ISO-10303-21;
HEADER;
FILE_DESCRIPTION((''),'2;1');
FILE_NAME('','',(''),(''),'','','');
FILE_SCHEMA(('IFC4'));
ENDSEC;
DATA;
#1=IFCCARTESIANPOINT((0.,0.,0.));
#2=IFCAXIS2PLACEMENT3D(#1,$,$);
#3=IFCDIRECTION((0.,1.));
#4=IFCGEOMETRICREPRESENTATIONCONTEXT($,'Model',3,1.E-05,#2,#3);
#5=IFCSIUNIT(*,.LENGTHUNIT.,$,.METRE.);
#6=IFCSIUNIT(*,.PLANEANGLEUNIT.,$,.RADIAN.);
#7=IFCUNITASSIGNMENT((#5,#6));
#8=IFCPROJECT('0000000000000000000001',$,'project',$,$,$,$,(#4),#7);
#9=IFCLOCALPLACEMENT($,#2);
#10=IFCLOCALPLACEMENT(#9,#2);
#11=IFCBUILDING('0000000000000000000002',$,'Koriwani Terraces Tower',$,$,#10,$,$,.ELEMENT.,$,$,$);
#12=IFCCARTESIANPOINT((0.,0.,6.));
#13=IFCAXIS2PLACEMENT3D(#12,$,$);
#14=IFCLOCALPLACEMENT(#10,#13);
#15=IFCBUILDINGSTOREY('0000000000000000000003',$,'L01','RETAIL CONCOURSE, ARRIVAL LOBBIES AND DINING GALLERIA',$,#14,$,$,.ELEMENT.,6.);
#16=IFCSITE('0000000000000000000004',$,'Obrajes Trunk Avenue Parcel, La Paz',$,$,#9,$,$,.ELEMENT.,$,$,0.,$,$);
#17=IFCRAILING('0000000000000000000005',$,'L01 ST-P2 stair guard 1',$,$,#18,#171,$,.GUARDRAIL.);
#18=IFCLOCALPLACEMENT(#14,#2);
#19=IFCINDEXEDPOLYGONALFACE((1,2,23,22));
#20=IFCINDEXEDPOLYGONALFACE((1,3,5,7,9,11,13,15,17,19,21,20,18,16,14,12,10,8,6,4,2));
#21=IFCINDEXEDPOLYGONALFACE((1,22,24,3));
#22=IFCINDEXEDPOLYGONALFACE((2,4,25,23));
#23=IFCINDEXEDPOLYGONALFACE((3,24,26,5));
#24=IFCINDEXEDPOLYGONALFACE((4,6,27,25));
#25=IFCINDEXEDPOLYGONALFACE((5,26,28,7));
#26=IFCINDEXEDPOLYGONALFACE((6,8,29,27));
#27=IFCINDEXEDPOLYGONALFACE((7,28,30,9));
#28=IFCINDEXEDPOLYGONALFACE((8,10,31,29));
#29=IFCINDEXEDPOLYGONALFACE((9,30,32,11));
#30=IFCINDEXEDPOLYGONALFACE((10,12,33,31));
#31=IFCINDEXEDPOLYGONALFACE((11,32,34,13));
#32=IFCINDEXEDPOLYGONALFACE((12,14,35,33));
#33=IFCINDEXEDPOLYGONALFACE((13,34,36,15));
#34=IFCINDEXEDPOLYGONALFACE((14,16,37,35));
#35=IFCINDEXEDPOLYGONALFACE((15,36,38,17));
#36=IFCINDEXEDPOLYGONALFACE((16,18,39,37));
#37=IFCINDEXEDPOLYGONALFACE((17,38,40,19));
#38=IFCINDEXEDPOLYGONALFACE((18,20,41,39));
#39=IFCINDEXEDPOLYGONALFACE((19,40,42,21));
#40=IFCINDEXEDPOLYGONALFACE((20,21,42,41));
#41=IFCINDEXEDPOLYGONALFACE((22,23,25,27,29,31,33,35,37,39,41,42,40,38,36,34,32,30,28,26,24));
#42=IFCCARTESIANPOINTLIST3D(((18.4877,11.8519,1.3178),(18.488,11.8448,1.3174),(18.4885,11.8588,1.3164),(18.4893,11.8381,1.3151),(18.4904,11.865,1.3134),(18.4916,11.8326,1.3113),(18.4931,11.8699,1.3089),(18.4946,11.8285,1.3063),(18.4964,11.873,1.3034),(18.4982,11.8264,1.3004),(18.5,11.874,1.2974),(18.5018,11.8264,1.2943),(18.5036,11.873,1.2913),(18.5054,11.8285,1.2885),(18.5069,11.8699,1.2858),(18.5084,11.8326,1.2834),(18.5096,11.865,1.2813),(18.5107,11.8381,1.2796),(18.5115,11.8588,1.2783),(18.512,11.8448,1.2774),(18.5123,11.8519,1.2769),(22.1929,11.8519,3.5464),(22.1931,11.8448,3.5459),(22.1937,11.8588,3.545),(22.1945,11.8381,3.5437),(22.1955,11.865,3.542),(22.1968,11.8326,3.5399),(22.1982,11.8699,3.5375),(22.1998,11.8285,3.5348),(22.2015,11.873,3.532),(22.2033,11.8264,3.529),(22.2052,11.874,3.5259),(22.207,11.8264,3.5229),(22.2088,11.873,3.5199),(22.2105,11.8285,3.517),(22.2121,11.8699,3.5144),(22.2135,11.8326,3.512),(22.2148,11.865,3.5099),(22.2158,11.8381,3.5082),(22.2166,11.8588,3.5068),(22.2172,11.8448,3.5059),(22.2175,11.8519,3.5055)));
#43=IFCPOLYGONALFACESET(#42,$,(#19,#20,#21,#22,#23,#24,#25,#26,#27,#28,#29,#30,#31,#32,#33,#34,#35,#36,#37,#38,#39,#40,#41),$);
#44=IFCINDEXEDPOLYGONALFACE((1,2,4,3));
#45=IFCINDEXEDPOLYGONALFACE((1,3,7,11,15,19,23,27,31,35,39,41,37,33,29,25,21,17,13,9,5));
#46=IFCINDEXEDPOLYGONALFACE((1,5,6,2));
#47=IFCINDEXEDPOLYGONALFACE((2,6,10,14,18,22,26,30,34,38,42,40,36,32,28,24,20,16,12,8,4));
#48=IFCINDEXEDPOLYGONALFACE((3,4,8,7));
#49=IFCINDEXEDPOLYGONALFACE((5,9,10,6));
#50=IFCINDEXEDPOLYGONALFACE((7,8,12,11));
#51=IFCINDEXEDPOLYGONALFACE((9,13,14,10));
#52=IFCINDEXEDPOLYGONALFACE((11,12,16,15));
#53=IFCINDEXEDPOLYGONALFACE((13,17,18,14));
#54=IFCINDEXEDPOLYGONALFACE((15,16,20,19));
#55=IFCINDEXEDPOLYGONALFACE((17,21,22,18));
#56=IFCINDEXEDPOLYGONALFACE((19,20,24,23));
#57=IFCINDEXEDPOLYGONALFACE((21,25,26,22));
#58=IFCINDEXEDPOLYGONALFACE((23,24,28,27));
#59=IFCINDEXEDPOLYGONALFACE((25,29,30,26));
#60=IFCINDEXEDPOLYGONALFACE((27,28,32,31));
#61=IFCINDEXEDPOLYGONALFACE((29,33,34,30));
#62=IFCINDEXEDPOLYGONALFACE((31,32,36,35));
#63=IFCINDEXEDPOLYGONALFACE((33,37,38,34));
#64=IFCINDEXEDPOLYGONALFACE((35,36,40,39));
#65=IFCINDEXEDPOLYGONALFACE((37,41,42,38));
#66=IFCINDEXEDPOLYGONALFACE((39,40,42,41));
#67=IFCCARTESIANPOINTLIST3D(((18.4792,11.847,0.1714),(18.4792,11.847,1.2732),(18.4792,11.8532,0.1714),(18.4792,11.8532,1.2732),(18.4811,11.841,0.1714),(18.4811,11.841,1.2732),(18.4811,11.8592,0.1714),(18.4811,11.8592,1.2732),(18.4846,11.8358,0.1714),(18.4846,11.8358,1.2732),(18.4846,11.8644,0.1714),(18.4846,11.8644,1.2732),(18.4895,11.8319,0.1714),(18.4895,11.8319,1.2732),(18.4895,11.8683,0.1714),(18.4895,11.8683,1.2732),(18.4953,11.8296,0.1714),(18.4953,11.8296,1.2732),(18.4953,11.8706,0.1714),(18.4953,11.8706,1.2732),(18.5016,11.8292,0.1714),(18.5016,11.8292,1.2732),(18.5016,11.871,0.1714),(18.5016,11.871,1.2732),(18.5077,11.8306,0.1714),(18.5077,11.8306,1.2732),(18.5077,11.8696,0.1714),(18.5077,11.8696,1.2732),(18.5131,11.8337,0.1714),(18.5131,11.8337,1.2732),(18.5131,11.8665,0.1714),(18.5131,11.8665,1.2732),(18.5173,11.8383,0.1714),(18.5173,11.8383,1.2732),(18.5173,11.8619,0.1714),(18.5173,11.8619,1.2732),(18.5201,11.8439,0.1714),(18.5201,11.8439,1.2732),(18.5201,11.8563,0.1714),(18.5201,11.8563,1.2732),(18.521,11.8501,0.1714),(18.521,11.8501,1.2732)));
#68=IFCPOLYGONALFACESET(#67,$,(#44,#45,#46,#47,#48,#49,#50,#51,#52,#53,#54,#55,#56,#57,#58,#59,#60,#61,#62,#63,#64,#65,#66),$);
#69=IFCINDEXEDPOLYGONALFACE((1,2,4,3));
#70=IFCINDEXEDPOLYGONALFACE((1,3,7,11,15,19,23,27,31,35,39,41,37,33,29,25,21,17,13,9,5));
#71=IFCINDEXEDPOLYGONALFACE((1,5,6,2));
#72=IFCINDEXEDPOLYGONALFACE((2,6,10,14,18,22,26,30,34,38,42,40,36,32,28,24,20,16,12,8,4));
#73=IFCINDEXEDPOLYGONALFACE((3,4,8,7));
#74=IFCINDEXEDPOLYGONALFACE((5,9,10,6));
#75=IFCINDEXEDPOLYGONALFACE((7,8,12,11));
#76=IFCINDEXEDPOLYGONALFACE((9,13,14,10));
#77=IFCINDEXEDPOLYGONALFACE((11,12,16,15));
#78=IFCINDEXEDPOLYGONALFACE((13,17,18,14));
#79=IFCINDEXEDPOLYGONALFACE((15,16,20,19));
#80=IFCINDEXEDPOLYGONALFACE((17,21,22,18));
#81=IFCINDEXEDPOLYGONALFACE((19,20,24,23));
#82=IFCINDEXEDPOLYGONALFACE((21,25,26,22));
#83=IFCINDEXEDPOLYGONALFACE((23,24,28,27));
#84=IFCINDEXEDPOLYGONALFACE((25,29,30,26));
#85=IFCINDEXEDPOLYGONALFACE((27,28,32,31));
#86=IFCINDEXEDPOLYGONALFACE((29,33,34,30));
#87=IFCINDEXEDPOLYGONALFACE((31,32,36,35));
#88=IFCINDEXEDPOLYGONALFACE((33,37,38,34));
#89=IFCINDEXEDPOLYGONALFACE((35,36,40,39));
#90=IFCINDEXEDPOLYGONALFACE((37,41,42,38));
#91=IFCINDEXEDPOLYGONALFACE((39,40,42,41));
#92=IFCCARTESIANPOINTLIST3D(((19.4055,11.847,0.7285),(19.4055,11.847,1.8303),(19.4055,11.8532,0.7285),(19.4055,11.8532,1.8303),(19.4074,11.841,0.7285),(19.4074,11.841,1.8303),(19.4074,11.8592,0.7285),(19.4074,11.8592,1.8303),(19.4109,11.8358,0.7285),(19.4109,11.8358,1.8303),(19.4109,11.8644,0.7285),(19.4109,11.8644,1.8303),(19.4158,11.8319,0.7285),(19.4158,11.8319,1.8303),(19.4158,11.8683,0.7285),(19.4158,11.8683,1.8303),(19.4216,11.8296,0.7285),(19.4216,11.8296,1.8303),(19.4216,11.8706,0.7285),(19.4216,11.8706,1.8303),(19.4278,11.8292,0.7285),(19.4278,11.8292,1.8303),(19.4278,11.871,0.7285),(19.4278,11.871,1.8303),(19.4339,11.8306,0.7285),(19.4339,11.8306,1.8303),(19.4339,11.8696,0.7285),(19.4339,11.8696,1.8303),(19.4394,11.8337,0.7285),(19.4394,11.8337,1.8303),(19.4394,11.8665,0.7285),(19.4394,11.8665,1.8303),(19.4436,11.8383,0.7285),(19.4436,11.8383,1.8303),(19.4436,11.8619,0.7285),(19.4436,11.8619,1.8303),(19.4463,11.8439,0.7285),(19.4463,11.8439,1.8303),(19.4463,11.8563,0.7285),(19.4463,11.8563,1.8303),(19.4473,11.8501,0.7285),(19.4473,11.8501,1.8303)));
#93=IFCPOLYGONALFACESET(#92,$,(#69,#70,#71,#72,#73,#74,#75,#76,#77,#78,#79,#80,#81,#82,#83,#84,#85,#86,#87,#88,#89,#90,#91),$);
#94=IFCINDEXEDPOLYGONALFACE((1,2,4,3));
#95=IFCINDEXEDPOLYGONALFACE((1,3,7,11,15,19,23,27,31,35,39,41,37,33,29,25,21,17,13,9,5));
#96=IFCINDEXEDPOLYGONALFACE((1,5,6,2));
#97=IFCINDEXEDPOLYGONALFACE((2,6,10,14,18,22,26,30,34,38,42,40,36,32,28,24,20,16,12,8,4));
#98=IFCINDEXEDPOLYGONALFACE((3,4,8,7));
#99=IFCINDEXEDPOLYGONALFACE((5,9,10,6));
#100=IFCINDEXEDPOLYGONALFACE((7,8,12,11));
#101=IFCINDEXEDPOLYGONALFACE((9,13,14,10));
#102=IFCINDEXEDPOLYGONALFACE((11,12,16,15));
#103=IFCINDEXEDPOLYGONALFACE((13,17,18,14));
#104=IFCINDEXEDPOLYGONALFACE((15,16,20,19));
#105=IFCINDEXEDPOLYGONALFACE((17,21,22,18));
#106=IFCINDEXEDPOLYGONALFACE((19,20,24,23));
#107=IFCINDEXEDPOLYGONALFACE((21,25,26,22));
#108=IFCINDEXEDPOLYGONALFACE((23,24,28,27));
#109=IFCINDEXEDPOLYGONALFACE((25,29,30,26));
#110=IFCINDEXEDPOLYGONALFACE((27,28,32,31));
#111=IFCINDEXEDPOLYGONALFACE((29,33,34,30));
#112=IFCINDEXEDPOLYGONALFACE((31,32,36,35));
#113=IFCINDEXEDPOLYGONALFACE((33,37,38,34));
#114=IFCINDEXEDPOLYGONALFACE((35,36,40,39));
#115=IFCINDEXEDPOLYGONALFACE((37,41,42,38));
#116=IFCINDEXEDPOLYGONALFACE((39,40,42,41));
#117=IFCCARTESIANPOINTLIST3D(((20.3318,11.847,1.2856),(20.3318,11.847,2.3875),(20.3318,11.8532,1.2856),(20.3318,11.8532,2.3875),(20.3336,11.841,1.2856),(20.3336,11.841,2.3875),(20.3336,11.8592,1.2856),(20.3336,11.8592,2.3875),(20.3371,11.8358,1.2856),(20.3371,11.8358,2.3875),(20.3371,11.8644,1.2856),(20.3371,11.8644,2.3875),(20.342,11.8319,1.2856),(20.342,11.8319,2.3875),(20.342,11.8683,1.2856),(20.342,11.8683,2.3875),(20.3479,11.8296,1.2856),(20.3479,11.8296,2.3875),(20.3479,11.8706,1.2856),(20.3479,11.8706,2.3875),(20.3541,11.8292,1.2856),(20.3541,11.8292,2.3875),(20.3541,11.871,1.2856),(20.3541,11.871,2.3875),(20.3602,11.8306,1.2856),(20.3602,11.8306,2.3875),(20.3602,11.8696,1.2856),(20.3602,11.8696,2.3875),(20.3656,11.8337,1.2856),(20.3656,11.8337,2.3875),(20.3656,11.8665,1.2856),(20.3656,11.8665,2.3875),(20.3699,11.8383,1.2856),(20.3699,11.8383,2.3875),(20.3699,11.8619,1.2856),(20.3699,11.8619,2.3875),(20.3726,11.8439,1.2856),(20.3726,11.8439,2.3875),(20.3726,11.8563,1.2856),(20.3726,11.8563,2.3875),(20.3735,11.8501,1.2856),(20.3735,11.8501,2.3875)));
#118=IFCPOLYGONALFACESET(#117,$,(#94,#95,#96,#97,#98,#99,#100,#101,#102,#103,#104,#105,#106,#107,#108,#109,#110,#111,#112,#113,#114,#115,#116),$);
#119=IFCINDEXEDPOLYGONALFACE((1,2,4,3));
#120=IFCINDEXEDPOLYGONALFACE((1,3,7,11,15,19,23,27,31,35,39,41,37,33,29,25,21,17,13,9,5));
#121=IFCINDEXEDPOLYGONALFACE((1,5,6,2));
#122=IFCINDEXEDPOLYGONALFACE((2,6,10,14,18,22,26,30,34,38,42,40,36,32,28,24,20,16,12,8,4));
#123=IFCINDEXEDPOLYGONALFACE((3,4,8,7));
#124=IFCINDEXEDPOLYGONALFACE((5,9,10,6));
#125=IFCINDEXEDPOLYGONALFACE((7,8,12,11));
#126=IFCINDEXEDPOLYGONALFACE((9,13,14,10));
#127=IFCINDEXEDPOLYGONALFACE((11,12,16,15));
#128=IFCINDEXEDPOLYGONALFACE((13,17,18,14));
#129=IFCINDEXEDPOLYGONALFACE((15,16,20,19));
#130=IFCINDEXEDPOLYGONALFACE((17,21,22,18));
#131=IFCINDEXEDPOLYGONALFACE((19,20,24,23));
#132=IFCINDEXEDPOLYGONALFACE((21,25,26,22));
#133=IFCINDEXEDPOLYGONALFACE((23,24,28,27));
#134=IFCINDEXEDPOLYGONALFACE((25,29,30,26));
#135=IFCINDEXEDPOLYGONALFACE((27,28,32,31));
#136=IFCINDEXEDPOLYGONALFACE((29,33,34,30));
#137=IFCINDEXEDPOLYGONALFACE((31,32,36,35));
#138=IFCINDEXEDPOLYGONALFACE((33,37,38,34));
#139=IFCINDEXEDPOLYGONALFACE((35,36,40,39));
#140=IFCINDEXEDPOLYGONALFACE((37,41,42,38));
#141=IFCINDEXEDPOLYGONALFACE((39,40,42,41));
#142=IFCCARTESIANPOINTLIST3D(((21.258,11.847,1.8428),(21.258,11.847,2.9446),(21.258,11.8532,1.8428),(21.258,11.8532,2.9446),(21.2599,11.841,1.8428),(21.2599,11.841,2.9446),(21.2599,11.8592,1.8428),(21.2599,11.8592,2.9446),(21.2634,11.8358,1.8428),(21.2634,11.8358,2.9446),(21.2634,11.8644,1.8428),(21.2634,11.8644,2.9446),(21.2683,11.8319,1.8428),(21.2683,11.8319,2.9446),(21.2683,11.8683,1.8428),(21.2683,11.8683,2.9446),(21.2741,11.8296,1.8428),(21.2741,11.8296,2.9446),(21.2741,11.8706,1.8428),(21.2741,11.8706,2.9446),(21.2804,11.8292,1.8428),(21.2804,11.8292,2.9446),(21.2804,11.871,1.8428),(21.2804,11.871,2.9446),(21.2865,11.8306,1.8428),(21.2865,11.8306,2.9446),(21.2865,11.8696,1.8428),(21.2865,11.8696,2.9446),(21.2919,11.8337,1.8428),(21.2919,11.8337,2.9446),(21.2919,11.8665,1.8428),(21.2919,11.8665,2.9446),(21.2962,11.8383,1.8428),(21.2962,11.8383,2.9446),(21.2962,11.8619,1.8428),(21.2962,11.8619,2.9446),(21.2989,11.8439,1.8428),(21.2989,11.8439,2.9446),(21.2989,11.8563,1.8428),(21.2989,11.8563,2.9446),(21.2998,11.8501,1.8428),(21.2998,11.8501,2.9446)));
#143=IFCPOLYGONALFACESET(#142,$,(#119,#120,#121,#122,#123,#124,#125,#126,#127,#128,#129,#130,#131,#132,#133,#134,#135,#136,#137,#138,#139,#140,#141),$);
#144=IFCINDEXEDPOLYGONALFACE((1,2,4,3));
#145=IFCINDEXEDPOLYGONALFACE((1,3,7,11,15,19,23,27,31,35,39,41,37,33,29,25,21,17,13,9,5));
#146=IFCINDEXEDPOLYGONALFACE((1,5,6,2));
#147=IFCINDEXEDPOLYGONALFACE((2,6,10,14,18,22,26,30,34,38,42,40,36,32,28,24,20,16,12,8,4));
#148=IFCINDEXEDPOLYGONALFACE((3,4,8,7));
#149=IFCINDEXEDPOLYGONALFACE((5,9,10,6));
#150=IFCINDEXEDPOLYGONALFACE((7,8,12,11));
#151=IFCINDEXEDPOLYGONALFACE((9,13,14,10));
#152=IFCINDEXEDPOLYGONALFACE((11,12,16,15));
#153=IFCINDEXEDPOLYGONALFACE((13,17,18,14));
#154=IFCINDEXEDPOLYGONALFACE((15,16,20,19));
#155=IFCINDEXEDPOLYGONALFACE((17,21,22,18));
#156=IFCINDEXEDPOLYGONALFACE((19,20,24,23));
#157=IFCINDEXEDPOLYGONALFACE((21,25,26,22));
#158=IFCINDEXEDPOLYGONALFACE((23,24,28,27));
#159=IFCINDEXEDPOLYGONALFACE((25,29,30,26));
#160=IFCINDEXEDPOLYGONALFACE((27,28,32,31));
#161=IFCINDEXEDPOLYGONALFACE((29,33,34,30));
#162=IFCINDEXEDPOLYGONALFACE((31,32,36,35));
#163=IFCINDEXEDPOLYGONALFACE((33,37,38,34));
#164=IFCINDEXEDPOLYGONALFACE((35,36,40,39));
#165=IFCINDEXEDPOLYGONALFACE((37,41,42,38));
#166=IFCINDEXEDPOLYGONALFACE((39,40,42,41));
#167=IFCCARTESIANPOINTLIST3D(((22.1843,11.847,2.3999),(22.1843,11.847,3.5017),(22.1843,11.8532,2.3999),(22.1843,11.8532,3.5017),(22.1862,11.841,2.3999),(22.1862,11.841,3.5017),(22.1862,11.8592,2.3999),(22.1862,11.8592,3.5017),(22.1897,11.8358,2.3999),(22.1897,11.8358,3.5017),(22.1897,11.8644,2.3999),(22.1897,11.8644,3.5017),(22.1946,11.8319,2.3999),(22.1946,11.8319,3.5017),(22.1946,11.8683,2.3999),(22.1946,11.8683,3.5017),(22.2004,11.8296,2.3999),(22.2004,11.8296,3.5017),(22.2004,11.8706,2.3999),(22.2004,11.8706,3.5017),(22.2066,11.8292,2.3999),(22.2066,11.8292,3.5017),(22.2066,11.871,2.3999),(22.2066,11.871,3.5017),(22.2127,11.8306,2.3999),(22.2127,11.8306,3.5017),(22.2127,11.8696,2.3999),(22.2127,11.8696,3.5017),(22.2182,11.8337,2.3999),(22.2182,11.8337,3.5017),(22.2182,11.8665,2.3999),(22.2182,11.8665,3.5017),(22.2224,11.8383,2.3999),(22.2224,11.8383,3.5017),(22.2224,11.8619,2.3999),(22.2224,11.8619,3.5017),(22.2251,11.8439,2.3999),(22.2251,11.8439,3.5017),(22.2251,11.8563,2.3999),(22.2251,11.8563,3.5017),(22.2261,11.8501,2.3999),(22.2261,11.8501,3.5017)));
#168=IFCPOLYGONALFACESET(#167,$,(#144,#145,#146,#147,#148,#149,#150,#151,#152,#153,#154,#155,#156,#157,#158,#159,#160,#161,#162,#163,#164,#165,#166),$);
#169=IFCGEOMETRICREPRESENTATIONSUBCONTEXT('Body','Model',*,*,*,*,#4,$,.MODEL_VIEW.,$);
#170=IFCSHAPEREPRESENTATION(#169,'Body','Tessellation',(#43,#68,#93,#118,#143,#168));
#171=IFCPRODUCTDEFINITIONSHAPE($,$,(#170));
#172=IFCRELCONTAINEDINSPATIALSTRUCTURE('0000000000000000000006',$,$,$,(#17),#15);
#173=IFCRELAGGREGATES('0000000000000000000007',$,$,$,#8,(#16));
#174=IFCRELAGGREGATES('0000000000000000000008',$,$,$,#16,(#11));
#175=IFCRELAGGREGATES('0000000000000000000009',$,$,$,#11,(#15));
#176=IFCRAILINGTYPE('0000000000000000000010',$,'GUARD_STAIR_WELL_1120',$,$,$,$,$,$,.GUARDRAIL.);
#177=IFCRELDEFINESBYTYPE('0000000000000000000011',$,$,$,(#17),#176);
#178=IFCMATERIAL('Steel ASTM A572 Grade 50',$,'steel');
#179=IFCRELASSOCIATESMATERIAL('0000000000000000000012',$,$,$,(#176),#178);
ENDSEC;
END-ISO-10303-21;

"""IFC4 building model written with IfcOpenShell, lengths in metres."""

from ifc_helpers import new_model, si_unit, direction, frame, origin, origin_2d, place, context, subcontext, project, spatial, circle, extrude, material, type_object, element, save


model = new_model("IFC4")

# Units and contexts
model_context = context("Model", 3, precision=1e-05, world=origin(), true_north=direction((0.0, 1.0)))
body_context = subcontext(model_context, "Body", "Model", "MODEL_VIEW")
ifc_project = project(units=[si_unit("LENGTHUNIT", "METRE"), si_unit("PLANEANGLEUNIT", "RADIAN")], contexts=[model_context])

# Site, building, storey
site_placement = place(None, origin())
site = spatial("IfcSite", under=ifc_project, at=site_placement, Name="Obrajes Trunk Avenue Parcel, La Paz", CompositionType="ELEMENT", RefElevation=0.0)
building_placement = place(site_placement, origin())
building = spatial("IfcBuilding", under=site, at=building_placement, Name="Koriwani Terraces Tower", CompositionType="ELEMENT")
storey_placement = place(building_placement, frame((0.0, 0.0, 6.0)))
storey = spatial("IfcBuildingStorey", under=building, at=storey_placement, Name="L01", Description="RETAIL CONCOURSE, ARRIVAL LOBBIES AND DINING GALLERIA", CompositionType="ELEMENT", Elevation=6.0)

# Shared definitions
ifc_material_1 = material(Name="Steel ASTM A572 Grade 50", Category="steel")

# Railing
railing_type_1 = type_object("IfcRailingType", Name="GUARD_STAIR_WELL_1120", PredefinedType="GUARDRAIL", material=ifc_material_1)
railing_1_placement = place(storey_placement, frame((18.5, 11.8501, 0.1714)))
element("IfcRailing", 1, at=railing_1_placement, inside=storey, type_object=railing_type_1, Name="L01 ST-P2 stair guard 1", PredefinedType="GUARDRAIL", context=body_context, shape_type="SweptSolid", body=[
    extrude(circle(Radius=0.0239, at=origin_2d()), frame((0.0, 0.0, 1.126), z_axis=(0.856934, 0.0, 0.515425), x_axis=(0.0, 1.0, 0.0)), (0.0, 0.0, 1.0), 4.3237),
    extrude(circle(Radius=0.021, at=origin_2d()), origin(), (0.0, 0.0, 1.0), 1.1018),
    extrude(circle(Radius=0.021, at=origin_2d()), frame((0.9263, 0.0, 0.5571)), (0.0, 0.0, 1.0), 1.1018),
    extrude(circle(Radius=0.021, at=origin_2d()), frame((1.8525, 0.0, 1.1143)), (0.0, 0.0, 1.0), 1.1018),
    extrude(circle(Radius=0.021, at=origin_2d()), frame((2.7788, 0.0, 1.6714)), (0.0, 0.0, 1.0), 1.1018),
    extrude(circle(Radius=0.021, at=origin_2d()), frame((3.7051, 0.0, 2.2285)), (0.0, 0.0, 1.0), 1.1018),
])

save(model, "model.ifc")
